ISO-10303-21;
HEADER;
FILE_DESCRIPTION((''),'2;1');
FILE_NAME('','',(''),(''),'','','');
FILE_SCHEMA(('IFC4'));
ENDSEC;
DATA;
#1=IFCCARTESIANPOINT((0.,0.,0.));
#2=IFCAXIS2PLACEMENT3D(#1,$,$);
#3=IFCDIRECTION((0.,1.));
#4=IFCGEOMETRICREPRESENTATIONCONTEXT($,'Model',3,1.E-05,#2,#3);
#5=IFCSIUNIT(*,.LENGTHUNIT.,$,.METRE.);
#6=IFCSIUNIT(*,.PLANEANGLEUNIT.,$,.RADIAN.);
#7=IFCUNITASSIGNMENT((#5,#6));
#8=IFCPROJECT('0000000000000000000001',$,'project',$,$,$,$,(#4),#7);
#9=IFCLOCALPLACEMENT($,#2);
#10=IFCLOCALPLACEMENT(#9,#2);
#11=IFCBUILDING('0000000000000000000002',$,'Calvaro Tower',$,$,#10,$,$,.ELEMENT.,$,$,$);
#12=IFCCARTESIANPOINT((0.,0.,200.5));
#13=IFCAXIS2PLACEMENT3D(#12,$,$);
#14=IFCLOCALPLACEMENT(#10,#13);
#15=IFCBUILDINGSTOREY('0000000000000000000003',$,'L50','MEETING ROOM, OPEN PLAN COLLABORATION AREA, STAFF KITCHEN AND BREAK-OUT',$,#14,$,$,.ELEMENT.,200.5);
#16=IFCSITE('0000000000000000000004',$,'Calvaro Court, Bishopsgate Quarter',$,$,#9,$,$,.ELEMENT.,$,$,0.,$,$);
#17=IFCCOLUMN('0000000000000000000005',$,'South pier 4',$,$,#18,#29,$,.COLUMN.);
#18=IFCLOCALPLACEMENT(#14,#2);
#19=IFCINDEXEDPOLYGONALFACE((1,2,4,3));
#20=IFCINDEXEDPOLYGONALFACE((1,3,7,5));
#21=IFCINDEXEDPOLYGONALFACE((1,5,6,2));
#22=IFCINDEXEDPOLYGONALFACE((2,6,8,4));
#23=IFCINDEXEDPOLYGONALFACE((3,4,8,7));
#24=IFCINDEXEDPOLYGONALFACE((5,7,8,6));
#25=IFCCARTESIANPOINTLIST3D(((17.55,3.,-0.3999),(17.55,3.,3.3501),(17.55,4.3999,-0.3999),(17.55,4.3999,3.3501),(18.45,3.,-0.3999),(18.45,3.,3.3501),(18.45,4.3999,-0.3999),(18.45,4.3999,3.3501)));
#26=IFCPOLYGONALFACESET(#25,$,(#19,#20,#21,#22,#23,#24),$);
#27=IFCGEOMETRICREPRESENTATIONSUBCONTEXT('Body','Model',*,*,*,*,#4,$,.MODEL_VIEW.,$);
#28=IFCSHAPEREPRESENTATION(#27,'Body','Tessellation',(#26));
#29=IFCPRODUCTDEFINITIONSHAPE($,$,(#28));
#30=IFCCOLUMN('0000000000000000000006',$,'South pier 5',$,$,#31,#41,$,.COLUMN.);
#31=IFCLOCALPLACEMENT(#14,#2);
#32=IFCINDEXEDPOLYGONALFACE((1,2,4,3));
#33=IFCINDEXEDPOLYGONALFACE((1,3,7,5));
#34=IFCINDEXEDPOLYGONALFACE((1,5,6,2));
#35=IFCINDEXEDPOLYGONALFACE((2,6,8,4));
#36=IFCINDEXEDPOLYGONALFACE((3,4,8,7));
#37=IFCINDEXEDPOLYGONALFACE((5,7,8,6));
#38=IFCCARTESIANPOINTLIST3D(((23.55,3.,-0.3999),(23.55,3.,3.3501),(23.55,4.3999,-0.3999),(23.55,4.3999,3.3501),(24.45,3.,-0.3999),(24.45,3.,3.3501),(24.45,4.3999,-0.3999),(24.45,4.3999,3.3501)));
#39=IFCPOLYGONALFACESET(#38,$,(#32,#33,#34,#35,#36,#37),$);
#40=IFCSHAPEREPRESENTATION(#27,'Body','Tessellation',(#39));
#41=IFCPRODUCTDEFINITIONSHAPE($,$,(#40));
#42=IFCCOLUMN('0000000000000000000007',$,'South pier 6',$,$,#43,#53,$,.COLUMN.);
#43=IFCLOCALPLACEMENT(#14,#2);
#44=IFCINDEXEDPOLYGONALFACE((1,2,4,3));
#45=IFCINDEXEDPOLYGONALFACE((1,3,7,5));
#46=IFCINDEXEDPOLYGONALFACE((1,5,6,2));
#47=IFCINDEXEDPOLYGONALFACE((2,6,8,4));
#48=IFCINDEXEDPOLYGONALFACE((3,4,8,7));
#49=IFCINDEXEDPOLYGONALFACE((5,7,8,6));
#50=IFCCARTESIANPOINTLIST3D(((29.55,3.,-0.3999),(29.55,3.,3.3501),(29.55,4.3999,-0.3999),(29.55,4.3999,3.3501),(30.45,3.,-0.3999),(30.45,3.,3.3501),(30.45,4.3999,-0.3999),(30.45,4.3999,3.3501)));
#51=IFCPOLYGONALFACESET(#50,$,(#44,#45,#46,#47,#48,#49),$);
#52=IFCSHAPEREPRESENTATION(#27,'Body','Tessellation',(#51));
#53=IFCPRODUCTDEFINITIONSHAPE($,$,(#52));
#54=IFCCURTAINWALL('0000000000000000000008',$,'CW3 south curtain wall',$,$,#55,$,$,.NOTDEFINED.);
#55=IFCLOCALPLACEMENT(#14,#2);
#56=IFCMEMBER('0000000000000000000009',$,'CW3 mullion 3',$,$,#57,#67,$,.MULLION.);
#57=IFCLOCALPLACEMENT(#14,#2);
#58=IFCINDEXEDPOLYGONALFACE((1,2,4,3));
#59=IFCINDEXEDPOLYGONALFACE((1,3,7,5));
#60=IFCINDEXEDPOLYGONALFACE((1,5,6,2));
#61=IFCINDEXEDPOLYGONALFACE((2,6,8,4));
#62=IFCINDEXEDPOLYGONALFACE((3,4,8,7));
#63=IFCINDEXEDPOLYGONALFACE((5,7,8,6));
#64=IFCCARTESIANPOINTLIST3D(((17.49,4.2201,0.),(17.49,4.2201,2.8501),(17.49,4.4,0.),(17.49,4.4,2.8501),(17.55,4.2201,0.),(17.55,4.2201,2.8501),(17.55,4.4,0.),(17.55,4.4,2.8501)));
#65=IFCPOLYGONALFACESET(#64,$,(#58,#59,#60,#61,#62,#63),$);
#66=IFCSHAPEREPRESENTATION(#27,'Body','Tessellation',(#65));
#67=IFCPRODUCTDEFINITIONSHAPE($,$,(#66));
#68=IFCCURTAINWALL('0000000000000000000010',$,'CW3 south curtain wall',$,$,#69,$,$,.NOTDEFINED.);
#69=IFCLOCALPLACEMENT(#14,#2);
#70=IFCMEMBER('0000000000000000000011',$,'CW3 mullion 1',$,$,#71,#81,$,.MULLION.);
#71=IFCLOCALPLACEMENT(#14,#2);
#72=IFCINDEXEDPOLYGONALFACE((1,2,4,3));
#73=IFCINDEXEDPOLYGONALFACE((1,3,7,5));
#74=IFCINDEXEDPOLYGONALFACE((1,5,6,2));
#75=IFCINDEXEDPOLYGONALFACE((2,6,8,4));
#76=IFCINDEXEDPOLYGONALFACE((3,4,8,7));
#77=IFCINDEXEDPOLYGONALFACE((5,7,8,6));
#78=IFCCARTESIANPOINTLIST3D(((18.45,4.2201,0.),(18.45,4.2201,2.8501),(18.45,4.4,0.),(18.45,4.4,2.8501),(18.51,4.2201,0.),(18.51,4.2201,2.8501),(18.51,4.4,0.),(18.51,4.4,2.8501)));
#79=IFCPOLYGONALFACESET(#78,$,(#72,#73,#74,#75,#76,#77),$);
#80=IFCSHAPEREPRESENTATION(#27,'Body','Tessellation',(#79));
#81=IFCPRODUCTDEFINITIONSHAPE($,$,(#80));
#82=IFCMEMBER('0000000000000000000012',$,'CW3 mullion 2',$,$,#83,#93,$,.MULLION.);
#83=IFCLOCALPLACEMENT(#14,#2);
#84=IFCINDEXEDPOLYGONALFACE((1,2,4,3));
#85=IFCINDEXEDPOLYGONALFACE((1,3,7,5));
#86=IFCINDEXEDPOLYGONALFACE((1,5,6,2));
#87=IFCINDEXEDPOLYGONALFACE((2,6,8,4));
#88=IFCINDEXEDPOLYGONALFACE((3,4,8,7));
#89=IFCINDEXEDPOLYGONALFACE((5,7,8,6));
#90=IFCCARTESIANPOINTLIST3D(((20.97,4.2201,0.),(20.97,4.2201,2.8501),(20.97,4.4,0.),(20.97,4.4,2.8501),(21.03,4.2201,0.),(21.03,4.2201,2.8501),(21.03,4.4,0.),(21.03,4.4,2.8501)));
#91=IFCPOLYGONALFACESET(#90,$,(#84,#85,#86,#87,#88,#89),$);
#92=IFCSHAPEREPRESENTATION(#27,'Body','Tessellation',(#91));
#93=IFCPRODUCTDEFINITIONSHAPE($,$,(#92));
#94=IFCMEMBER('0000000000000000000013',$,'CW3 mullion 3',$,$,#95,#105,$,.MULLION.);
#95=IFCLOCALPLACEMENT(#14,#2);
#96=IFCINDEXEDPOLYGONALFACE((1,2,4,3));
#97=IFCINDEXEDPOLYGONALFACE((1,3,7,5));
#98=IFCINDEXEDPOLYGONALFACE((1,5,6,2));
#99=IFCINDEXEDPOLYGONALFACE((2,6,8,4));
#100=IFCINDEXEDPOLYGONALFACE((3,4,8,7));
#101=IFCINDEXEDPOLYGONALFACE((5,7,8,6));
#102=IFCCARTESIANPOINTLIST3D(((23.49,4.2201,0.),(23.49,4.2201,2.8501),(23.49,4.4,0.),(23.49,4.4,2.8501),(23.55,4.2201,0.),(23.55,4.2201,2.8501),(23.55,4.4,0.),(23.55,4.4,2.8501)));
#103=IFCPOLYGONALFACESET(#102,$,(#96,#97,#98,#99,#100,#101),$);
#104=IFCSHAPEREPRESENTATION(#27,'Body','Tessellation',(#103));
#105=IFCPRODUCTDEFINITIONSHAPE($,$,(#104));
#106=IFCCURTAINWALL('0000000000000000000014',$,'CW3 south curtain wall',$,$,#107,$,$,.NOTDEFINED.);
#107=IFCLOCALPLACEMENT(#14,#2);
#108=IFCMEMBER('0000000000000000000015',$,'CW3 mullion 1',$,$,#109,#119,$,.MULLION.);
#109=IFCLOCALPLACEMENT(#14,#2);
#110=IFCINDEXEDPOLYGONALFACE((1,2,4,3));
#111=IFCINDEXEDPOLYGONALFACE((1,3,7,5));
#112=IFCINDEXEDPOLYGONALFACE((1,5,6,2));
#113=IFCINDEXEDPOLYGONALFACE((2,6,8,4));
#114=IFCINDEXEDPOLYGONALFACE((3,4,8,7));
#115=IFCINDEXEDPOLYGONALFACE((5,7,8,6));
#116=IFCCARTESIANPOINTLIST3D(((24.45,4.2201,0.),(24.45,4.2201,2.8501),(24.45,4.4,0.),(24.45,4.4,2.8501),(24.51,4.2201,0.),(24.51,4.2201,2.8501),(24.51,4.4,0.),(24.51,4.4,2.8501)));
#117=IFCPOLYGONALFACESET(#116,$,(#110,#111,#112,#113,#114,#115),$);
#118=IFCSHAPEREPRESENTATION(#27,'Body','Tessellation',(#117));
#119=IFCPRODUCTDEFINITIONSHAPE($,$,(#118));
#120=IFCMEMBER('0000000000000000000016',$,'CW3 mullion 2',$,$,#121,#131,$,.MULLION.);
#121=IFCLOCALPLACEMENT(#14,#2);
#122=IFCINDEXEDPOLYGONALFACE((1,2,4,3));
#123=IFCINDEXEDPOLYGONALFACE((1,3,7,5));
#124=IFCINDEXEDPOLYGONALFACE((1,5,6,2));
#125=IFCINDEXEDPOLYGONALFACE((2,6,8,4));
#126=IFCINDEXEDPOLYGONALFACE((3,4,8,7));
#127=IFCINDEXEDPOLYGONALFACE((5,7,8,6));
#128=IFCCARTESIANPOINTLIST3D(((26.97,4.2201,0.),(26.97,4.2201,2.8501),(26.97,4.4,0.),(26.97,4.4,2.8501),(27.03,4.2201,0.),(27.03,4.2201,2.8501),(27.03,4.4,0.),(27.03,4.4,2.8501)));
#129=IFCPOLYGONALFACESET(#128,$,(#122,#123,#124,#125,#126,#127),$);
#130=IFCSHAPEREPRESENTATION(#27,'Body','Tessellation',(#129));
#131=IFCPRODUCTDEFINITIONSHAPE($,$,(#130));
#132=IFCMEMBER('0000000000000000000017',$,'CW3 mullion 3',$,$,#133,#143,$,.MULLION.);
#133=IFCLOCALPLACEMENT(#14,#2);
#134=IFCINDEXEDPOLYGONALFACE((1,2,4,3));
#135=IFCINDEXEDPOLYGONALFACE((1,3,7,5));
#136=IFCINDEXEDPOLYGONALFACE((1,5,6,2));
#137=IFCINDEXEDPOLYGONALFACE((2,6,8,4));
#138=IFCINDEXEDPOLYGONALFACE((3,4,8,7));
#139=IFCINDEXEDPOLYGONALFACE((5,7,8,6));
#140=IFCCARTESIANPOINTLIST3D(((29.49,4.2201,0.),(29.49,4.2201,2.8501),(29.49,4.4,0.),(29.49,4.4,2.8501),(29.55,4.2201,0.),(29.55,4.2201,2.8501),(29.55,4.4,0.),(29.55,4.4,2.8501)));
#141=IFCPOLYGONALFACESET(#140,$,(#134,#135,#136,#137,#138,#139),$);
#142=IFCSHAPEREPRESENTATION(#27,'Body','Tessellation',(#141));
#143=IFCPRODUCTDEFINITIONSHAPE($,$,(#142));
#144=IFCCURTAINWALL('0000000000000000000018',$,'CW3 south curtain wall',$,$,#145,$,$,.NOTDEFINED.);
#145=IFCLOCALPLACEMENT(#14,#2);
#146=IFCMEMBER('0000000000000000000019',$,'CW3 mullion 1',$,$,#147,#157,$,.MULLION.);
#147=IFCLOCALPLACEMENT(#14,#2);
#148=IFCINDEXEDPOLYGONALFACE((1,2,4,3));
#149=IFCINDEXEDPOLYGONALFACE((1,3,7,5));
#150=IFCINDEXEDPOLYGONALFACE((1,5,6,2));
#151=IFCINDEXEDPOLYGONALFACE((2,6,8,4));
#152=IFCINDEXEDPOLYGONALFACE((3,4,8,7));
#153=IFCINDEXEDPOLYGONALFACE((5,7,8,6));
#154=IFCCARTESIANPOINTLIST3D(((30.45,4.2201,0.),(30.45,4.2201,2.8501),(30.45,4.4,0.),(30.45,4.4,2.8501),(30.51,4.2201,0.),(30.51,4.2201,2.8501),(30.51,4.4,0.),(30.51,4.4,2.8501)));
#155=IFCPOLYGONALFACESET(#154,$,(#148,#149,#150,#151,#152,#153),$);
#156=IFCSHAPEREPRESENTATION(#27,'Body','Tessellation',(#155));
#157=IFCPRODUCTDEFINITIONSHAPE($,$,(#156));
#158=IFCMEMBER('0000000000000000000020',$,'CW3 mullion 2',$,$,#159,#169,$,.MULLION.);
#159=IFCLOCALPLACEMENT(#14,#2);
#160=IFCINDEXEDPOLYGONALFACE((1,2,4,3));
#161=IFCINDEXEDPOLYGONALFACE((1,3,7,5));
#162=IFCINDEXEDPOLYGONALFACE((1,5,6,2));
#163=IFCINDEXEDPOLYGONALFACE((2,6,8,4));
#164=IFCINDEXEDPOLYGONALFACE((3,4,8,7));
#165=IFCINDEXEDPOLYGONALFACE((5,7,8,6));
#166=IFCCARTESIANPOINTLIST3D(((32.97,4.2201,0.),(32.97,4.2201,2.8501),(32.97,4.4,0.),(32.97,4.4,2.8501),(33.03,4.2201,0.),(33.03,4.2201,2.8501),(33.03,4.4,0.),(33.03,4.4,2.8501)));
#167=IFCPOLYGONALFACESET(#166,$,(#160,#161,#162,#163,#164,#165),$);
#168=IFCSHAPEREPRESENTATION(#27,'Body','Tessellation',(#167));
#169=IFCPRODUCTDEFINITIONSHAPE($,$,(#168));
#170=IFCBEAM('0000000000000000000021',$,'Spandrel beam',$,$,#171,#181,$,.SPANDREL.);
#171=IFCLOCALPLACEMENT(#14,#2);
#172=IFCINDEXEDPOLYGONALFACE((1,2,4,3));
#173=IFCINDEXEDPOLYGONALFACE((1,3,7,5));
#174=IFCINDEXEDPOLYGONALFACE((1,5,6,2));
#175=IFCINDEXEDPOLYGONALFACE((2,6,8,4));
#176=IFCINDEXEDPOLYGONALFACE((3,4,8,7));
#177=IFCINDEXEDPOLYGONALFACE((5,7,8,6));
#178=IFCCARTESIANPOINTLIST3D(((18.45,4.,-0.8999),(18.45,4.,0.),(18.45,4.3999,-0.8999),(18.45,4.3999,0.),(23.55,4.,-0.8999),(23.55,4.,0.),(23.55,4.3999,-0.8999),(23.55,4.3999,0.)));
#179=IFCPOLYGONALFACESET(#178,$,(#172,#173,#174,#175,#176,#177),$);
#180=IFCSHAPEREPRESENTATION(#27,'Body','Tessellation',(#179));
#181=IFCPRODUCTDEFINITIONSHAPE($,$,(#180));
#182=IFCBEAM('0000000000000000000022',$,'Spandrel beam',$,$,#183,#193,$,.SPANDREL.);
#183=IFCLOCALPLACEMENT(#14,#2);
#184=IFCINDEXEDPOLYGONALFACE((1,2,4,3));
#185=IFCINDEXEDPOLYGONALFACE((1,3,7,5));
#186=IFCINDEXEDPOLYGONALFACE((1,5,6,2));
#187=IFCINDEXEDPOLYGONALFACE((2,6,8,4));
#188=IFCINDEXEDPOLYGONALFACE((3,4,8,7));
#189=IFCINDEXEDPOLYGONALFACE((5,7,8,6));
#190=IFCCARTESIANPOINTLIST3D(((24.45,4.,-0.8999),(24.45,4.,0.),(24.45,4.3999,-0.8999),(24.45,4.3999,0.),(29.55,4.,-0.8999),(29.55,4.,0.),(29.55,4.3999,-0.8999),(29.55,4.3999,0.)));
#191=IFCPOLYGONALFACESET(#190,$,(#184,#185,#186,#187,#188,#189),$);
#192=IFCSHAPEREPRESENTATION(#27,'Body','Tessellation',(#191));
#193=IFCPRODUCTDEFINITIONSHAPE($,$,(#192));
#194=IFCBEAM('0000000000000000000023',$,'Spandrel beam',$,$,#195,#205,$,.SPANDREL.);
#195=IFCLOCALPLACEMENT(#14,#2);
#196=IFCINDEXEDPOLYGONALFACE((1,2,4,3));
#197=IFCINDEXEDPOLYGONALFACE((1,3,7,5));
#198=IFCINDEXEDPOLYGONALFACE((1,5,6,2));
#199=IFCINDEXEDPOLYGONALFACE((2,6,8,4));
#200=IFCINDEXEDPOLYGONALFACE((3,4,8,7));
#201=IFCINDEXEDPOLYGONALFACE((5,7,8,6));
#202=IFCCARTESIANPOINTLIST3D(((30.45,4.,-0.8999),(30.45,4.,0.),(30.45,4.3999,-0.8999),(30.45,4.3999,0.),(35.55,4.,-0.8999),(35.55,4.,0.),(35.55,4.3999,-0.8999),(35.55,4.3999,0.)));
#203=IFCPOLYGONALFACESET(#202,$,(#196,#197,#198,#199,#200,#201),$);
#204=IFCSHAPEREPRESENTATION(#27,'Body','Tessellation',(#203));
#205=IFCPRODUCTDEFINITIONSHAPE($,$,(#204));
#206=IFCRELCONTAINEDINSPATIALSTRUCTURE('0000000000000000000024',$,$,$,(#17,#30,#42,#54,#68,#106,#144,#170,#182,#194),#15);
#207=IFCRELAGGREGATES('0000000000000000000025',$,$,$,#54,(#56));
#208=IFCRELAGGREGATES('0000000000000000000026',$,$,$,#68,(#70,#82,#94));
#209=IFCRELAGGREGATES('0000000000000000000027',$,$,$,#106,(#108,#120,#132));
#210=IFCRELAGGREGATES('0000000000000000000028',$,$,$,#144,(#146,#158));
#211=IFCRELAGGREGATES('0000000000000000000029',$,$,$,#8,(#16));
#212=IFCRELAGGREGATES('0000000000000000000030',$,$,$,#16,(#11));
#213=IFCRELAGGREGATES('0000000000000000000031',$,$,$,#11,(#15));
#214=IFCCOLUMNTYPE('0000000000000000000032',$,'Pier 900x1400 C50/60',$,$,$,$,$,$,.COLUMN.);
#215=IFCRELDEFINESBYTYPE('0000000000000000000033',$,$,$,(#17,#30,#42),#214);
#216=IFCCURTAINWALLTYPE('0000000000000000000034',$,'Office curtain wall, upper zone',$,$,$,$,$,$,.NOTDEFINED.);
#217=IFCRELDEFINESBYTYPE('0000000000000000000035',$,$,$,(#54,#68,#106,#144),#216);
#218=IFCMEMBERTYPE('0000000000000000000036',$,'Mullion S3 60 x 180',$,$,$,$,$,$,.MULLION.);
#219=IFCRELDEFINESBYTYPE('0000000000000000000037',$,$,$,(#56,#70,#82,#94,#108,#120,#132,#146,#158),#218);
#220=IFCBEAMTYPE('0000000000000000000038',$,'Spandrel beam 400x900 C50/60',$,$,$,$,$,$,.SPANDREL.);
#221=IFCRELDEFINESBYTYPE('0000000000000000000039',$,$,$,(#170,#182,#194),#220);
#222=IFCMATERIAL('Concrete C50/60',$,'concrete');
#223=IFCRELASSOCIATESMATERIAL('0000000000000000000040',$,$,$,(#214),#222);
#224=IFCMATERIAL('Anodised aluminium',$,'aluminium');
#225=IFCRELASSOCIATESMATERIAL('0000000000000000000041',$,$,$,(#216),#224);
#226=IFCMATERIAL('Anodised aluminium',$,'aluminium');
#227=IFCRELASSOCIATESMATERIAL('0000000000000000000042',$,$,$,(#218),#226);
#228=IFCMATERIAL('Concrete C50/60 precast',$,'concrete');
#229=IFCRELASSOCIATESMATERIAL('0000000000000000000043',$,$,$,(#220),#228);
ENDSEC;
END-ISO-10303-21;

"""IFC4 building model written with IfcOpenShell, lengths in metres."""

from ifc_helpers import new_model, si_unit, direction, frame, origin, origin_2d, place, context, subcontext, project, spatial, rectangle, extrude, material, material_profile, profile_set, type_object, element, aggregate, save


model = new_model("IFC4")

# Units and contexts
model_context = context("Model", 3, precision=1e-05, world=origin(), true_north=direction((0.0, 1.0)))
body_context = subcontext(model_context, "Body", "Model", "MODEL_VIEW")
ifc_project = project(units=[si_unit("LENGTHUNIT", "METRE"), si_unit("PLANEANGLEUNIT", "RADIAN")], contexts=[model_context])

# Site, building, storey
site_placement = place(None, origin())
site = spatial("IfcSite", under=ifc_project, at=site_placement, Name="Calvaro Court, Bishopsgate Quarter", CompositionType="ELEMENT", RefElevation=0.0)
building_placement = place(site_placement, origin())
building = spatial("IfcBuilding", under=site, at=building_placement, Name="Calvaro Tower", CompositionType="ELEMENT")
storey_placement = place(building_placement, frame((0.0, 0.0, 200.5)))
storey = spatial("IfcBuildingStorey", under=building, at=storey_placement, Name="L50", Description="MEETING ROOM, OPEN PLAN COLLABORATION AREA, STAFF KITCHEN AND BREAK-OUT", CompositionType="ELEMENT", Elevation=200.5)

# Columns
ifc_material_1 = material(Name="Concrete C50/60", Category="concrete")
ifc_material_profile_1 = material_profile(ifc_material_1, rectangle(XDim=0.8999, YDim=1.3999, at=origin_2d()), Name="RC 900x1400")
ifc_profile_set_1 = profile_set([ifc_material_profile_1], Name="Concrete C50/60")
column_type = type_object("IfcColumnType", Name="Pier 900x1400 C50/60", PredefinedType="COLUMN", material=ifc_profile_set_1)
for number, where, z_axis, x_axis, name in (
    (1, (18.0, 3.7, -0.3999), (0.0, 0.0, 1.0), (1.0, 0.0, 0.0), "South pier 4"),
    (2, (24.0, 3.7, -0.3999), (0.0, 0.0, 1.0), (1.0, 0.0, 0.0), "South pier 5"),
    (3, (30.0, 3.7, -0.3999), (0.0, 0.0, 1.0), (1.0, 0.0, 0.0), "South pier 6"),
):
    element("IfcColumn", number, at=place(storey_placement, frame(where, z_axis=z_axis, x_axis=x_axis)), inside=storey, type_object=column_type, Name=name, PredefinedType="COLUMN", context=body_context, shape_type="SweptSolid", body=[
        extrude(rectangle(XDim=0.8999, YDim=1.3999, at=origin_2d()), origin(), (0.0, 0.0, 1.0), 3.75),
    ])

# Curtain wall, member
ifc_material_2 = material(Name="Anodised aluminium", Category="aluminium")
curtain_wall_type = type_object("IfcCurtainWallType", Name="Office curtain wall, upper zone", PredefinedType="NOTDEFINED", material=ifc_material_2)
curtain_wall_1_placement = place(storey_placement, origin())
curtain_wall_1 = element("IfcCurtainWall", 4, at=curtain_wall_1_placement, inside=storey, type_object=curtain_wall_type, Name="CW3 south curtain wall", PredefinedType="NOTDEFINED")
ifc_material_3 = material(Name="Anodised aluminium", Category="aluminium")
ifc_material_profile_2 = material_profile(ifc_material_3, rectangle(XDim=0.1799, YDim=0.0601, at=origin_2d()), Name="Mullion S3 60 x 180")
ifc_profile_set_2 = profile_set([ifc_material_profile_2], Name="Anodised aluminium")
member_type_1 = type_object("IfcMemberType", Name="Mullion S3 60 x 180", PredefinedType="MULLION", material=ifc_profile_set_2)
member_1_placement = place(storey_placement, frame((17.52, 4.3101, 0.0), z_axis=(0.0, 0.0, 1.0), x_axis=(0.0, 1.0, 0.0)))
member_1 = element("IfcMember", 5, at=member_1_placement, type_object=member_type_1, Name="CW3 mullion 3", PredefinedType="MULLION", context=body_context, shape_type="SweptSolid", body=[
    extrude(rectangle(XDim=0.1799, YDim=0.0601, at=origin_2d()), origin(), (0.0, 0.0, 1.0), 2.8501),
])
aggregate(curtain_wall_1, [member_1])

# Curtain walls, members
curtain_wall_2_placement = place(storey_placement, origin())
curtain_wall_2 = element("IfcCurtainWall", 6, at=curtain_wall_2_placement, inside=storey, type_object=curtain_wall_type, Name="CW3 south curtain wall", PredefinedType="NOTDEFINED")
member_2_placement = place(storey_placement, frame((18.48, 4.3101, 0.0), z_axis=(0.0, 0.0, 1.0), x_axis=(0.0, 1.0, 0.0)))
member_2 = element("IfcMember", 7, at=member_2_placement, type_object=member_type_1, Name="CW3 mullion 1", PredefinedType="MULLION", context=body_context, shape_type="SweptSolid", body=[
    extrude(rectangle(XDim=0.1799, YDim=0.0601, at=origin_2d()), origin(), (0.0, 0.0, 1.0), 2.8501),
])
member_3_placement = place(storey_placement, frame((21.0, 4.3101, 0.0), z_axis=(0.0, 0.0, 1.0), x_axis=(0.0, 1.0, 0.0)))
member_3 = element("IfcMember", 8, at=member_3_placement, type_object=member_type_1, Name="CW3 mullion 2", PredefinedType="MULLION", context=body_context, shape_type="SweptSolid", body=[
    extrude(rectangle(XDim=0.1799, YDim=0.0601, at=origin_2d()), origin(), (0.0, 0.0, 1.0), 2.8501),
])
member_4_placement = place(storey_placement, frame((23.52, 4.3101, 0.0), z_axis=(0.0, 0.0, 1.0), x_axis=(0.0, 1.0, 0.0)))
member_4 = element("IfcMember", 9, at=member_4_placement, type_object=member_type_1, Name="CW3 mullion 3", PredefinedType="MULLION", context=body_context, shape_type="SweptSolid", body=[
    extrude(rectangle(XDim=0.1799, YDim=0.0601, at=origin_2d()), origin(), (0.0, 0.0, 1.0), 2.8501),
])
curtain_wall_3_placement = place(storey_placement, origin())
curtain_wall_3 = element("IfcCurtainWall", 10, at=curtain_wall_3_placement, inside=storey, type_object=curtain_wall_type, Name="CW3 south curtain wall", PredefinedType="NOTDEFINED")
member_5_placement = place(storey_placement, frame((24.48, 4.3101, 0.0), z_axis=(0.0, 0.0, 1.0), x_axis=(0.0, 1.0, 0.0)))
member_5 = element("IfcMember", 11, at=member_5_placement, type_object=member_type_1, Name="CW3 mullion 1", PredefinedType="MULLION", context=body_context, shape_type="SweptSolid", body=[
    extrude(rectangle(XDim=0.1799, YDim=0.0601, at=origin_2d()), origin(), (0.0, 0.0, 1.0), 2.8501),
])
member_6_placement = place(storey_placement, frame((27.0, 4.3101, 0.0), z_axis=(0.0, 0.0, 1.0), x_axis=(0.0, 1.0, 0.0)))
member_6 = element("IfcMember", 12, at=member_6_placement, type_object=member_type_1, Name="CW3 mullion 2", PredefinedType="MULLION", context=body_context, shape_type="SweptSolid", body=[
    extrude(rectangle(XDim=0.1799, YDim=0.0601, at=origin_2d()), origin(), (0.0, 0.0, 1.0), 2.8501),
])
member_7_placement = place(storey_placement, frame((29.52, 4.3101, 0.0), z_axis=(0.0, 0.0, 1.0), x_axis=(0.0, 1.0, 0.0)))
member_7 = element("IfcMember", 13, at=member_7_placement, type_object=member_type_1, Name="CW3 mullion 3", PredefinedType="MULLION", context=body_context, shape_type="SweptSolid", body=[
    extrude(rectangle(XDim=0.1799, YDim=0.0601, at=origin_2d()), origin(), (0.0, 0.0, 1.0), 2.8501),
])
curtain_wall_4_placement = place(storey_placement, origin())
curtain_wall_4 = element("IfcCurtainWall", 14, at=curtain_wall_4_placement, inside=storey, type_object=curtain_wall_type, Name="CW3 south curtain wall", PredefinedType="NOTDEFINED")
member_8_placement = place(storey_placement, frame((30.48, 4.3101, 0.0), z_axis=(0.0, 0.0, 1.0), x_axis=(0.0, 1.0, 0.0)))
member_8 = element("IfcMember", 15, at=member_8_placement, type_object=member_type_1, Name="CW3 mullion 1", PredefinedType="MULLION", context=body_context, shape_type="SweptSolid", body=[
    extrude(rectangle(XDim=0.1799, YDim=0.0601, at=origin_2d()), origin(), (0.0, 0.0, 1.0), 2.8501),
])
member_9_placement = place(storey_placement, frame((33.0, 4.3101, 0.0), z_axis=(0.0, 0.0, 1.0), x_axis=(0.0, 1.0, 0.0)))
member_9 = element("IfcMember", 16, at=member_9_placement, type_object=member_type_1, Name="CW3 mullion 2", PredefinedType="MULLION", context=body_context, shape_type="SweptSolid", body=[
    extrude(rectangle(XDim=0.1799, YDim=0.0601, at=origin_2d()), origin(), (0.0, 0.0, 1.0), 2.8501),
])

# Beams
ifc_material_4 = material(Name="Concrete C50/60 precast", Category="concrete")
ifc_material_profile_3 = material_profile(ifc_material_4, rectangle(XDim=0.3999, YDim=0.8999, at=origin_2d()), Name="RC 400x900")
ifc_profile_set_3 = profile_set([ifc_material_profile_3], Name="Concrete C50/60 precast")
beam_type = type_object("IfcBeamType", Name="Spandrel beam 400x900 C50/60", PredefinedType="SPANDREL", material=ifc_profile_set_3)
for number, where, z_axis, x_axis, name in (
    (17, (18.45, 4.2, -0.45), (1.0, 0.0, 0.0), (0.0, 1.0, 0.0), "Spandrel beam"),
    (18, (24.45, 4.2, -0.45), (1.0, 0.0, 0.0), (0.0, 1.0, 0.0), "Spandrel beam"),
    (19, (30.45, 4.2, -0.45), (1.0, 0.0, 0.0), (0.0, 1.0, 0.0), "Spandrel beam"),
):
    element("IfcBeam", number, at=place(storey_placement, frame(where, z_axis=z_axis, x_axis=x_axis)), inside=storey, type_object=beam_type, Name=name, PredefinedType="SPANDREL", context=body_context, shape_type="SweptSolid", body=[
        extrude(rectangle(XDim=0.3999, YDim=0.8999, at=origin_2d()), origin(), (0.0, 0.0, 1.0), 5.1001),
    ])

aggregate(curtain_wall_2, [member_2, member_3, member_4])
aggregate(curtain_wall_3, [member_5, member_6, member_7])
aggregate(curtain_wall_4, [member_8, member_9])

save(model, "model.ifc")
